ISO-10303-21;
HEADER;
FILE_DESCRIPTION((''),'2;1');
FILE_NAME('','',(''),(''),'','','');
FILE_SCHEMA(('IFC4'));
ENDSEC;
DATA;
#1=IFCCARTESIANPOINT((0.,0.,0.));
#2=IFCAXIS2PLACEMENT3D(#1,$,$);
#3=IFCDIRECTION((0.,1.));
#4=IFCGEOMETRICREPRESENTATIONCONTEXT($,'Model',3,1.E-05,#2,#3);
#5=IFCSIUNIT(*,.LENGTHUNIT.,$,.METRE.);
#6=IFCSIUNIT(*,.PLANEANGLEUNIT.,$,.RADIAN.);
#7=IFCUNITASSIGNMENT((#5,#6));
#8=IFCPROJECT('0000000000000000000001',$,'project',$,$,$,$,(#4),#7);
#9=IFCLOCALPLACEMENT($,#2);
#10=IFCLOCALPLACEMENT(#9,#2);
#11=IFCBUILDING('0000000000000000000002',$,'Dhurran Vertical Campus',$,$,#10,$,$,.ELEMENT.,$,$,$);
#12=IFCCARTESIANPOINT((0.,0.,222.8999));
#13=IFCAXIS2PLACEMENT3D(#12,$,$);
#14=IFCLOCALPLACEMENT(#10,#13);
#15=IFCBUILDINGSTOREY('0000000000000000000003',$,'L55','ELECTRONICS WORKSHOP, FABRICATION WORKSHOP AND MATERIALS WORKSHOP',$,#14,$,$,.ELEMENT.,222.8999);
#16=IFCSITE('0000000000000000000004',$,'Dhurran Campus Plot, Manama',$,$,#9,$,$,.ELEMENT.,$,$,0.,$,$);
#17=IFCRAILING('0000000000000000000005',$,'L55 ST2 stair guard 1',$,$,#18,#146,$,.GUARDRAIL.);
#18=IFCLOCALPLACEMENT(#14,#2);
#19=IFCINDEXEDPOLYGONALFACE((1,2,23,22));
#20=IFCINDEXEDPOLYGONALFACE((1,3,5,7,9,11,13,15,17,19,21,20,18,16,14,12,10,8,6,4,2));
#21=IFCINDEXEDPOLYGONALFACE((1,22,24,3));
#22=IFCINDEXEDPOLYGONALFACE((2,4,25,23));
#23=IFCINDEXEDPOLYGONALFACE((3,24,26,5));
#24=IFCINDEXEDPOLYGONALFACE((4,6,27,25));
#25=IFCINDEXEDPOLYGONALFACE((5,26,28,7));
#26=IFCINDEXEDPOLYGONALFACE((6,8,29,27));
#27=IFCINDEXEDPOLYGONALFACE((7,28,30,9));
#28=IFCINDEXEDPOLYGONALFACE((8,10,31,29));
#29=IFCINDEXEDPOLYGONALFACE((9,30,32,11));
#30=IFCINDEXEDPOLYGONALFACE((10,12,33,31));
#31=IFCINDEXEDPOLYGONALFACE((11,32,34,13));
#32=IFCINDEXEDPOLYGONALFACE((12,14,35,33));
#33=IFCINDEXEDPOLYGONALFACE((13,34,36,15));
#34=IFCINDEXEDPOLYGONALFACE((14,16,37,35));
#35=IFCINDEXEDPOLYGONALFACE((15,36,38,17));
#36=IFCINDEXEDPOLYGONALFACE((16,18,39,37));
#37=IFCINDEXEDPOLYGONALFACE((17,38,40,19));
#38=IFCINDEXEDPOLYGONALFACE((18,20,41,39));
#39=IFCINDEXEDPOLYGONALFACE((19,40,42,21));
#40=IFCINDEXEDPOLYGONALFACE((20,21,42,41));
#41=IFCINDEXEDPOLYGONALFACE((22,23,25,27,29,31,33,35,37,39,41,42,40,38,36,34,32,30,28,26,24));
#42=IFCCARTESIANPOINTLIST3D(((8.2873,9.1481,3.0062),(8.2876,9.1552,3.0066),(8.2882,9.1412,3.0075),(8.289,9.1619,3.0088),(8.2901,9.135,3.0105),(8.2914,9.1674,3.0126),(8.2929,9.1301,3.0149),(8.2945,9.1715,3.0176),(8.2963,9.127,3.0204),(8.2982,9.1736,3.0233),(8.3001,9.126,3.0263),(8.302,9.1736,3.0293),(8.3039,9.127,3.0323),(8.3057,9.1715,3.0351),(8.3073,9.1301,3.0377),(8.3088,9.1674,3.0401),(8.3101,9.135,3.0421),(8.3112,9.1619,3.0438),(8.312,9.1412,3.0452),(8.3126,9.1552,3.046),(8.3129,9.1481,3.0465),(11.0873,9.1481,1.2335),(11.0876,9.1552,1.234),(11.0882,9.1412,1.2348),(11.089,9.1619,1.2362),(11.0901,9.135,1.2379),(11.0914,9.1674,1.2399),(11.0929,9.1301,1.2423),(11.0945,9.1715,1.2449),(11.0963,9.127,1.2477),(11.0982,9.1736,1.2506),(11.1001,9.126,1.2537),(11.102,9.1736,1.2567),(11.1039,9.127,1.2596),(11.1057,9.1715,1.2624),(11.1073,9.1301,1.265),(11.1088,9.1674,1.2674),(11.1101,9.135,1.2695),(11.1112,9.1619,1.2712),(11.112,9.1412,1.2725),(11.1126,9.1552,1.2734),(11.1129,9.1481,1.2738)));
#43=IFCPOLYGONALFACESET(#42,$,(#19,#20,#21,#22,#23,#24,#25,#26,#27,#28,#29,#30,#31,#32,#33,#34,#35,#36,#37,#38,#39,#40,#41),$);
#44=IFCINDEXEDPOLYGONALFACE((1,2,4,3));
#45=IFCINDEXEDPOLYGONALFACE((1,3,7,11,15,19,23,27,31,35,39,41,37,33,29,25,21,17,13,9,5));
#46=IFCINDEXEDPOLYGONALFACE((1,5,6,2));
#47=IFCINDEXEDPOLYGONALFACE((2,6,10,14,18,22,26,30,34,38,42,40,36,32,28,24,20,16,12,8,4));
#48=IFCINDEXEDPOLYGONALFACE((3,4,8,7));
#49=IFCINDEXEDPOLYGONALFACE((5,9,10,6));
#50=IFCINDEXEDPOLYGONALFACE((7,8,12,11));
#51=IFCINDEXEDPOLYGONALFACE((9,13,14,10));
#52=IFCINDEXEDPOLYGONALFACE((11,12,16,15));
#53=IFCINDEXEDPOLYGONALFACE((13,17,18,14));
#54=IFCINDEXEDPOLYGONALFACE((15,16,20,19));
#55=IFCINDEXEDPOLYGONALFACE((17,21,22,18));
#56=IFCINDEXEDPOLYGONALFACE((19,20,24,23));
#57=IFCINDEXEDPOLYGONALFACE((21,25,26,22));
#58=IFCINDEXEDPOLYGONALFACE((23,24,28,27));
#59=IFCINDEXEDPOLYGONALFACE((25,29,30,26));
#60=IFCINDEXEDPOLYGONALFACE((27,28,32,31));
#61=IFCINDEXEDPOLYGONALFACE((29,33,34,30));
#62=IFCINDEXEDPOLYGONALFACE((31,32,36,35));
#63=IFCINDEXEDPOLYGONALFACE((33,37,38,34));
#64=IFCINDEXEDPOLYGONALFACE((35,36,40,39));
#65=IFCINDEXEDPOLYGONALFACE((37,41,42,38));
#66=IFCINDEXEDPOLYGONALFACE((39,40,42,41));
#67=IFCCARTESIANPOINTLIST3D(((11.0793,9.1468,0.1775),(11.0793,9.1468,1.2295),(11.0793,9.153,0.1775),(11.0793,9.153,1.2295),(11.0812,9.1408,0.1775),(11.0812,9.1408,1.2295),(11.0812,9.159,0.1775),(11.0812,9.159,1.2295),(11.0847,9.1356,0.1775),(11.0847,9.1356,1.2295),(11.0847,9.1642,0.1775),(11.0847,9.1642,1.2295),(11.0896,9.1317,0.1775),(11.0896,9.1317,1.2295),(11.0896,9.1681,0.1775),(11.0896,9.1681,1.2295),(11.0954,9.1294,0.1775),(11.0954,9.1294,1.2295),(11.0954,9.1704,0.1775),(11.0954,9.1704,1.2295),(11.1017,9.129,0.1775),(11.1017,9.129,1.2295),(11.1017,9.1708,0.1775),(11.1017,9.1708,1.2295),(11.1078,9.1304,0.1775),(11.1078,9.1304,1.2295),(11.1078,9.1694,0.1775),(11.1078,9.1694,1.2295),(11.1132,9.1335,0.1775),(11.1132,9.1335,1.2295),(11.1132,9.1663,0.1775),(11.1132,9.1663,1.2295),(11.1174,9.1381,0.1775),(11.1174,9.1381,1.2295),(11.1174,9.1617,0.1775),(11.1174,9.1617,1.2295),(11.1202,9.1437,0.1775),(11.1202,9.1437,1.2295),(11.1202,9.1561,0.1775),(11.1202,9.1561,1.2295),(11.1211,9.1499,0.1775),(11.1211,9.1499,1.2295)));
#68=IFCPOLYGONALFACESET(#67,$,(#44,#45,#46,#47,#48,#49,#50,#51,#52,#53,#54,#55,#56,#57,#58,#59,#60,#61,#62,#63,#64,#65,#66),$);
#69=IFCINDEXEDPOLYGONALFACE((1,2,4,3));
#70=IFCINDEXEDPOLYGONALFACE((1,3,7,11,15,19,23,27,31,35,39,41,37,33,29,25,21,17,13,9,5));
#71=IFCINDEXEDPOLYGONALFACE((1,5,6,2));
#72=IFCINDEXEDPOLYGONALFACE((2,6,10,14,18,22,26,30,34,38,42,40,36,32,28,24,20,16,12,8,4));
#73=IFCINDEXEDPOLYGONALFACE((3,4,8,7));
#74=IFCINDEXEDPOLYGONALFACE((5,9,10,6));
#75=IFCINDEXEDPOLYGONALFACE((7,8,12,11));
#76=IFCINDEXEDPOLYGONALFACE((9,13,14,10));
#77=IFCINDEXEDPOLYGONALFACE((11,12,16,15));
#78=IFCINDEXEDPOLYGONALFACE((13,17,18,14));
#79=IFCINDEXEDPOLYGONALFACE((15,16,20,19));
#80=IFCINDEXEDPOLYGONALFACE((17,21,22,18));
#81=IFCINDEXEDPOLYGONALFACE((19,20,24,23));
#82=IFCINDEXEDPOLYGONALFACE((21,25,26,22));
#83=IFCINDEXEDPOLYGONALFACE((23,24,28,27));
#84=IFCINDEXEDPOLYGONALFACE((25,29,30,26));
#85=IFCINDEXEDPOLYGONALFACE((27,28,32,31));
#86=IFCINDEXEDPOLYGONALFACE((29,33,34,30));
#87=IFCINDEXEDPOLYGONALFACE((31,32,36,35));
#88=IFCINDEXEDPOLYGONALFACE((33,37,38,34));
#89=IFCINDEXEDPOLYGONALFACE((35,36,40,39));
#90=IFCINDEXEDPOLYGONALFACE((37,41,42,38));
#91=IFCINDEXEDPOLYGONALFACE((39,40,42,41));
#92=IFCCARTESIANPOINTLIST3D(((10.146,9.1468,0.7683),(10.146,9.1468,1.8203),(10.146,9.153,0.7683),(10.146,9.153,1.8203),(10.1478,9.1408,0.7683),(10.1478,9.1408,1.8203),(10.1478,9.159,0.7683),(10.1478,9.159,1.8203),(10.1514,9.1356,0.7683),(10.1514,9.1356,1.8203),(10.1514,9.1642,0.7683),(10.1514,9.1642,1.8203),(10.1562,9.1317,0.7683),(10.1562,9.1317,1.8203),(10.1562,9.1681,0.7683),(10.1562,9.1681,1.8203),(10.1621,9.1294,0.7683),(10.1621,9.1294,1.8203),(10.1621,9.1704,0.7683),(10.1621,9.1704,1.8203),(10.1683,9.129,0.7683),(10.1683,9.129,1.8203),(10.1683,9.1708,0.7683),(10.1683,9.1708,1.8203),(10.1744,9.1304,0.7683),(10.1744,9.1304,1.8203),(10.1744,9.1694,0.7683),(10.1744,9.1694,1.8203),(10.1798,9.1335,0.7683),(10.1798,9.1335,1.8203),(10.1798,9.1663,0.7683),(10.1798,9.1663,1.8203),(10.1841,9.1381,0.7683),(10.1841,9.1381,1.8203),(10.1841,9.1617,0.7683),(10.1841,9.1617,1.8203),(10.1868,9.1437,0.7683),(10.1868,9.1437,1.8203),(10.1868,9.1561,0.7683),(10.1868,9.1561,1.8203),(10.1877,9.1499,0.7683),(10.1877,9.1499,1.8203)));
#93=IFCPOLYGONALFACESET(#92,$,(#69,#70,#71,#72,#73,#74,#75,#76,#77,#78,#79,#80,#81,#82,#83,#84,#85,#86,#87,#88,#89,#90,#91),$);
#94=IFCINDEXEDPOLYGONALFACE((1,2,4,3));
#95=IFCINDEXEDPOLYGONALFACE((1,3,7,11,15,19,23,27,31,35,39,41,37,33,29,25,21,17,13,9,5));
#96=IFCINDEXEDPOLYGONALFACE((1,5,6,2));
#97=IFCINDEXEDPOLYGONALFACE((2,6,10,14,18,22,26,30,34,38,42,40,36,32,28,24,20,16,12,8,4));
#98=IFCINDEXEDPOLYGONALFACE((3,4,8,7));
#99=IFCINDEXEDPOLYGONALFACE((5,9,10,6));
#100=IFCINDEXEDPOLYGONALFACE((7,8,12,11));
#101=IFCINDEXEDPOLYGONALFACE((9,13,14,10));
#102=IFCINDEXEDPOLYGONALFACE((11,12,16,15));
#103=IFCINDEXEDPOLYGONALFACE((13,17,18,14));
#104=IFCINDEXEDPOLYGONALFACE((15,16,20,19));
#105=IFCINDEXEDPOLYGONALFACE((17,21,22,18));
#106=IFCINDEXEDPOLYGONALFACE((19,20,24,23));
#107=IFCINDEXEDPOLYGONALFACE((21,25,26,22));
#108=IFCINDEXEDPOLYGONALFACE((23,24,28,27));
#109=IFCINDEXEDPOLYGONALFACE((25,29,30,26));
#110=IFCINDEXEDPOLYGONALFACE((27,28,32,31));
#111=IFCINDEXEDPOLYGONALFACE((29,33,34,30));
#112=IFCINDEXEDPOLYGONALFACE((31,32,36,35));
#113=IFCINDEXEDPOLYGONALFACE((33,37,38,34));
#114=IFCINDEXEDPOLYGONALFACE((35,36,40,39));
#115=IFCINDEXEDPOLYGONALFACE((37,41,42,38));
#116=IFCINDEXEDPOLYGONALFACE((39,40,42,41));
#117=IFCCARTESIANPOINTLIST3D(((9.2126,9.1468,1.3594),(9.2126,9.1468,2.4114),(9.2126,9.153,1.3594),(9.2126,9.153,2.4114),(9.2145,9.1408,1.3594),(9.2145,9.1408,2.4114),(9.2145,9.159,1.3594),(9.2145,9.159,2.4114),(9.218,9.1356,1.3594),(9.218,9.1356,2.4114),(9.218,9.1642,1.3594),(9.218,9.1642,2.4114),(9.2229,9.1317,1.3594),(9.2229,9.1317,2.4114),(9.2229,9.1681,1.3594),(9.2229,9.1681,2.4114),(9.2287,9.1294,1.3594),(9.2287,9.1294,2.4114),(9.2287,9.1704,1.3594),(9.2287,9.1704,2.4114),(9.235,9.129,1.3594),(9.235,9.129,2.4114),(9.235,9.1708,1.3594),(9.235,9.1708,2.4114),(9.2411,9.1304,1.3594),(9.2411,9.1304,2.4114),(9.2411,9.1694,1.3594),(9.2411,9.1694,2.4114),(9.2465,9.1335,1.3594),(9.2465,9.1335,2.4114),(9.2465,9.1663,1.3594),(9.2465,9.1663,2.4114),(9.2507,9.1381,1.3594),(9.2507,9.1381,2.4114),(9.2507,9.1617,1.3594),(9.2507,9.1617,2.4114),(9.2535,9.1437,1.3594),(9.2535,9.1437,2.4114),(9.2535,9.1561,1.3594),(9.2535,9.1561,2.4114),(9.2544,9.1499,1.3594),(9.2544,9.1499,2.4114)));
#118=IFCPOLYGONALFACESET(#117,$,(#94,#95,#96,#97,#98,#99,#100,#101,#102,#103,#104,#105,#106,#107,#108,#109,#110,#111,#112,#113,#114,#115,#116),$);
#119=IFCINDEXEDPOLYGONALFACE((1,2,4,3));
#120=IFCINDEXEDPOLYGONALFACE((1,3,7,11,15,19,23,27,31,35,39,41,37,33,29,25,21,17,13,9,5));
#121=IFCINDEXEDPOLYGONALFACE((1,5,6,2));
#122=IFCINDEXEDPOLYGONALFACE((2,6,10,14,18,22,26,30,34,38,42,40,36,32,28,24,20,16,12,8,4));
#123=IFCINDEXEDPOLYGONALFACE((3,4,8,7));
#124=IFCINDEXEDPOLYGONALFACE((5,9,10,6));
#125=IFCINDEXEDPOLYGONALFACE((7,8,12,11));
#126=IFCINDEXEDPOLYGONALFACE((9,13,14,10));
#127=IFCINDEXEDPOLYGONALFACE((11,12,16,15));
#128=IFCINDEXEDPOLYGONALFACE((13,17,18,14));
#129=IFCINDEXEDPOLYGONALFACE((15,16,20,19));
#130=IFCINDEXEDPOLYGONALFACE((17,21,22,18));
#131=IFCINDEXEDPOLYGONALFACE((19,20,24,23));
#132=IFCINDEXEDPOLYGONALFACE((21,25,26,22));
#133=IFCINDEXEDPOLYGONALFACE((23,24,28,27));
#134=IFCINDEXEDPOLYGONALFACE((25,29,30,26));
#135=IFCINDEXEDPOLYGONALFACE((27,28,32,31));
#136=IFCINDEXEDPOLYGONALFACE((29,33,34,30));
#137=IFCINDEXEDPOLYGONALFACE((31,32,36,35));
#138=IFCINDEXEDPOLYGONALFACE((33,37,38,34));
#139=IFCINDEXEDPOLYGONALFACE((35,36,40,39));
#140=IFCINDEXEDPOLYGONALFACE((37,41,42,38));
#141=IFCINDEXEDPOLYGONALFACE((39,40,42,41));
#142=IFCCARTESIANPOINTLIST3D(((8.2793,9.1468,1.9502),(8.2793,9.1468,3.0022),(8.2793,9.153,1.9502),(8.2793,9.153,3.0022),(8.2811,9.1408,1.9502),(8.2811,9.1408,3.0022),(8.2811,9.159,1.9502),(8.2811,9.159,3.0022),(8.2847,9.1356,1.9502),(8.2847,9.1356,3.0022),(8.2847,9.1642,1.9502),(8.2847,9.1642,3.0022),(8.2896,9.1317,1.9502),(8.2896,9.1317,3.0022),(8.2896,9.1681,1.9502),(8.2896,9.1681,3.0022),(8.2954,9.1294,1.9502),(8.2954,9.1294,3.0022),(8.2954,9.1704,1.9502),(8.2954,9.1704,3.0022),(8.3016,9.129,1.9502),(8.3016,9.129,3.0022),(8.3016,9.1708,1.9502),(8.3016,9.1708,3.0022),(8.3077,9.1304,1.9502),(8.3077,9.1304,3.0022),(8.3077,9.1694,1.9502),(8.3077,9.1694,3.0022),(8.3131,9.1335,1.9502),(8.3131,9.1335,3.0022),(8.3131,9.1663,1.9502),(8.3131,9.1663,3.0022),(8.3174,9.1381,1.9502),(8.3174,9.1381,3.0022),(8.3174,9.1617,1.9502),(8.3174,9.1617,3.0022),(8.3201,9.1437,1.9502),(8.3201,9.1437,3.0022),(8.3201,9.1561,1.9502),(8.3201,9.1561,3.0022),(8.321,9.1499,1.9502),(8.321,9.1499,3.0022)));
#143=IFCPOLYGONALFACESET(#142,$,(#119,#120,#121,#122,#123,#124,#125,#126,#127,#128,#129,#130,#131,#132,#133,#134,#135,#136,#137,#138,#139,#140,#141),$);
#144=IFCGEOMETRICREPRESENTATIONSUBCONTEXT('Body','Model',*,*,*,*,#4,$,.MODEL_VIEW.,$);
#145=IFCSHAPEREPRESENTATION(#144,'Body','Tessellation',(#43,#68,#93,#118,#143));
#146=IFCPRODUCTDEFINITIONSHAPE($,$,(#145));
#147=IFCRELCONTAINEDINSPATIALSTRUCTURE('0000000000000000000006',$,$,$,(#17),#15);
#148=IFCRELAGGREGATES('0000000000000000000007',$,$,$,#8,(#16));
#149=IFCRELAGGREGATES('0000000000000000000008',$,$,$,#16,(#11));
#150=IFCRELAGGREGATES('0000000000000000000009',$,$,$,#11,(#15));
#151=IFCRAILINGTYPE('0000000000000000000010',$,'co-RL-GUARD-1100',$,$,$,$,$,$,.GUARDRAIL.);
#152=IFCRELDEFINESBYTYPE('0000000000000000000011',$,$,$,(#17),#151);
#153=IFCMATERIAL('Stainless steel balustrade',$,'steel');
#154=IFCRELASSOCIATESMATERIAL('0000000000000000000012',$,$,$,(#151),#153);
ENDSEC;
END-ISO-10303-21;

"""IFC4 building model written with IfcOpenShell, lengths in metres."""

from ifc_helpers import new_model, si_unit, direction, frame, origin, origin_2d, place, context, subcontext, project, spatial, circle, extrude, material, type_object, element, save


model = new_model("IFC4")

# Units and contexts
model_context = context("Model", 3, precision=1e-05, world=origin(), true_north=direction((0.0, 1.0)))
body_context = subcontext(model_context, "Body", "Model", "MODEL_VIEW")
ifc_project = project(units=[si_unit("LENGTHUNIT", "METRE"), si_unit("PLANEANGLEUNIT", "RADIAN")], contexts=[model_context])

# Site, building, storey
site_placement = place(None, origin())
site = spatial("IfcSite", under=ifc_project, at=site_placement, Name="Dhurran Campus Plot, Manama", CompositionType="ELEMENT", RefElevation=0.0)
building_placement = place(site_placement, origin())
building = spatial("IfcBuilding", under=site, at=building_placement, Name="Dhurran Vertical Campus", CompositionType="ELEMENT")
storey_placement = place(building_placement, frame((0.0, 0.0, 222.8999)))
storey = spatial("IfcBuildingStorey", under=building, at=storey_placement, Name="L55", Description="ELECTRONICS WORKSHOP, FABRICATION WORKSHOP AND MATERIALS WORKSHOP", CompositionType="ELEMENT", Elevation=222.8999)

# Railing
ifc_material_1 = material(Name="Stainless steel balustrade", Category="steel")
railing_type_1 = type_object("IfcRailingType", Name="co-RL-GUARD-1100", PredefinedType="GUARDRAIL", material=ifc_material_1)
railing_1_placement = place(storey_placement, frame((11.1001, 9.1499, 0.1775)))
element("IfcRailing", 1, at=railing_1_placement, inside=storey, type_object=railing_type_1, Name="L55 ST2 stair guard 1", PredefinedType="GUARDRAIL", context=body_context, shape_type="SweptSolid", body=[
    extrude(circle(Radius=0.0239, at=origin_2d()), frame((0.0, 0.0, 1.0762), z_axis=(-0.844909, 0.0, 0.53491), x_axis=(0.0, -1.0, 0.0)), (0.0, 0.0, 1.0), 3.314),
    extrude(circle(Radius=0.021, at=origin_2d()), origin(), (0.0, 0.0, 1.0), 1.052),
    extrude(circle(Radius=0.021, at=origin_2d()), frame((-0.9333, 0.0, 0.5908)), (0.0, 0.0, 1.0), 1.052),
    extrude(circle(Radius=0.021, at=origin_2d()), frame((-1.8667, 0.0, 1.1819)), (0.0, 0.0, 1.0), 1.052),
    extrude(circle(Radius=0.021, at=origin_2d()), frame((-2.8, 0.0, 1.7727)), (0.0, 0.0, 1.0), 1.052),
])

save(model, "model.ifc")
